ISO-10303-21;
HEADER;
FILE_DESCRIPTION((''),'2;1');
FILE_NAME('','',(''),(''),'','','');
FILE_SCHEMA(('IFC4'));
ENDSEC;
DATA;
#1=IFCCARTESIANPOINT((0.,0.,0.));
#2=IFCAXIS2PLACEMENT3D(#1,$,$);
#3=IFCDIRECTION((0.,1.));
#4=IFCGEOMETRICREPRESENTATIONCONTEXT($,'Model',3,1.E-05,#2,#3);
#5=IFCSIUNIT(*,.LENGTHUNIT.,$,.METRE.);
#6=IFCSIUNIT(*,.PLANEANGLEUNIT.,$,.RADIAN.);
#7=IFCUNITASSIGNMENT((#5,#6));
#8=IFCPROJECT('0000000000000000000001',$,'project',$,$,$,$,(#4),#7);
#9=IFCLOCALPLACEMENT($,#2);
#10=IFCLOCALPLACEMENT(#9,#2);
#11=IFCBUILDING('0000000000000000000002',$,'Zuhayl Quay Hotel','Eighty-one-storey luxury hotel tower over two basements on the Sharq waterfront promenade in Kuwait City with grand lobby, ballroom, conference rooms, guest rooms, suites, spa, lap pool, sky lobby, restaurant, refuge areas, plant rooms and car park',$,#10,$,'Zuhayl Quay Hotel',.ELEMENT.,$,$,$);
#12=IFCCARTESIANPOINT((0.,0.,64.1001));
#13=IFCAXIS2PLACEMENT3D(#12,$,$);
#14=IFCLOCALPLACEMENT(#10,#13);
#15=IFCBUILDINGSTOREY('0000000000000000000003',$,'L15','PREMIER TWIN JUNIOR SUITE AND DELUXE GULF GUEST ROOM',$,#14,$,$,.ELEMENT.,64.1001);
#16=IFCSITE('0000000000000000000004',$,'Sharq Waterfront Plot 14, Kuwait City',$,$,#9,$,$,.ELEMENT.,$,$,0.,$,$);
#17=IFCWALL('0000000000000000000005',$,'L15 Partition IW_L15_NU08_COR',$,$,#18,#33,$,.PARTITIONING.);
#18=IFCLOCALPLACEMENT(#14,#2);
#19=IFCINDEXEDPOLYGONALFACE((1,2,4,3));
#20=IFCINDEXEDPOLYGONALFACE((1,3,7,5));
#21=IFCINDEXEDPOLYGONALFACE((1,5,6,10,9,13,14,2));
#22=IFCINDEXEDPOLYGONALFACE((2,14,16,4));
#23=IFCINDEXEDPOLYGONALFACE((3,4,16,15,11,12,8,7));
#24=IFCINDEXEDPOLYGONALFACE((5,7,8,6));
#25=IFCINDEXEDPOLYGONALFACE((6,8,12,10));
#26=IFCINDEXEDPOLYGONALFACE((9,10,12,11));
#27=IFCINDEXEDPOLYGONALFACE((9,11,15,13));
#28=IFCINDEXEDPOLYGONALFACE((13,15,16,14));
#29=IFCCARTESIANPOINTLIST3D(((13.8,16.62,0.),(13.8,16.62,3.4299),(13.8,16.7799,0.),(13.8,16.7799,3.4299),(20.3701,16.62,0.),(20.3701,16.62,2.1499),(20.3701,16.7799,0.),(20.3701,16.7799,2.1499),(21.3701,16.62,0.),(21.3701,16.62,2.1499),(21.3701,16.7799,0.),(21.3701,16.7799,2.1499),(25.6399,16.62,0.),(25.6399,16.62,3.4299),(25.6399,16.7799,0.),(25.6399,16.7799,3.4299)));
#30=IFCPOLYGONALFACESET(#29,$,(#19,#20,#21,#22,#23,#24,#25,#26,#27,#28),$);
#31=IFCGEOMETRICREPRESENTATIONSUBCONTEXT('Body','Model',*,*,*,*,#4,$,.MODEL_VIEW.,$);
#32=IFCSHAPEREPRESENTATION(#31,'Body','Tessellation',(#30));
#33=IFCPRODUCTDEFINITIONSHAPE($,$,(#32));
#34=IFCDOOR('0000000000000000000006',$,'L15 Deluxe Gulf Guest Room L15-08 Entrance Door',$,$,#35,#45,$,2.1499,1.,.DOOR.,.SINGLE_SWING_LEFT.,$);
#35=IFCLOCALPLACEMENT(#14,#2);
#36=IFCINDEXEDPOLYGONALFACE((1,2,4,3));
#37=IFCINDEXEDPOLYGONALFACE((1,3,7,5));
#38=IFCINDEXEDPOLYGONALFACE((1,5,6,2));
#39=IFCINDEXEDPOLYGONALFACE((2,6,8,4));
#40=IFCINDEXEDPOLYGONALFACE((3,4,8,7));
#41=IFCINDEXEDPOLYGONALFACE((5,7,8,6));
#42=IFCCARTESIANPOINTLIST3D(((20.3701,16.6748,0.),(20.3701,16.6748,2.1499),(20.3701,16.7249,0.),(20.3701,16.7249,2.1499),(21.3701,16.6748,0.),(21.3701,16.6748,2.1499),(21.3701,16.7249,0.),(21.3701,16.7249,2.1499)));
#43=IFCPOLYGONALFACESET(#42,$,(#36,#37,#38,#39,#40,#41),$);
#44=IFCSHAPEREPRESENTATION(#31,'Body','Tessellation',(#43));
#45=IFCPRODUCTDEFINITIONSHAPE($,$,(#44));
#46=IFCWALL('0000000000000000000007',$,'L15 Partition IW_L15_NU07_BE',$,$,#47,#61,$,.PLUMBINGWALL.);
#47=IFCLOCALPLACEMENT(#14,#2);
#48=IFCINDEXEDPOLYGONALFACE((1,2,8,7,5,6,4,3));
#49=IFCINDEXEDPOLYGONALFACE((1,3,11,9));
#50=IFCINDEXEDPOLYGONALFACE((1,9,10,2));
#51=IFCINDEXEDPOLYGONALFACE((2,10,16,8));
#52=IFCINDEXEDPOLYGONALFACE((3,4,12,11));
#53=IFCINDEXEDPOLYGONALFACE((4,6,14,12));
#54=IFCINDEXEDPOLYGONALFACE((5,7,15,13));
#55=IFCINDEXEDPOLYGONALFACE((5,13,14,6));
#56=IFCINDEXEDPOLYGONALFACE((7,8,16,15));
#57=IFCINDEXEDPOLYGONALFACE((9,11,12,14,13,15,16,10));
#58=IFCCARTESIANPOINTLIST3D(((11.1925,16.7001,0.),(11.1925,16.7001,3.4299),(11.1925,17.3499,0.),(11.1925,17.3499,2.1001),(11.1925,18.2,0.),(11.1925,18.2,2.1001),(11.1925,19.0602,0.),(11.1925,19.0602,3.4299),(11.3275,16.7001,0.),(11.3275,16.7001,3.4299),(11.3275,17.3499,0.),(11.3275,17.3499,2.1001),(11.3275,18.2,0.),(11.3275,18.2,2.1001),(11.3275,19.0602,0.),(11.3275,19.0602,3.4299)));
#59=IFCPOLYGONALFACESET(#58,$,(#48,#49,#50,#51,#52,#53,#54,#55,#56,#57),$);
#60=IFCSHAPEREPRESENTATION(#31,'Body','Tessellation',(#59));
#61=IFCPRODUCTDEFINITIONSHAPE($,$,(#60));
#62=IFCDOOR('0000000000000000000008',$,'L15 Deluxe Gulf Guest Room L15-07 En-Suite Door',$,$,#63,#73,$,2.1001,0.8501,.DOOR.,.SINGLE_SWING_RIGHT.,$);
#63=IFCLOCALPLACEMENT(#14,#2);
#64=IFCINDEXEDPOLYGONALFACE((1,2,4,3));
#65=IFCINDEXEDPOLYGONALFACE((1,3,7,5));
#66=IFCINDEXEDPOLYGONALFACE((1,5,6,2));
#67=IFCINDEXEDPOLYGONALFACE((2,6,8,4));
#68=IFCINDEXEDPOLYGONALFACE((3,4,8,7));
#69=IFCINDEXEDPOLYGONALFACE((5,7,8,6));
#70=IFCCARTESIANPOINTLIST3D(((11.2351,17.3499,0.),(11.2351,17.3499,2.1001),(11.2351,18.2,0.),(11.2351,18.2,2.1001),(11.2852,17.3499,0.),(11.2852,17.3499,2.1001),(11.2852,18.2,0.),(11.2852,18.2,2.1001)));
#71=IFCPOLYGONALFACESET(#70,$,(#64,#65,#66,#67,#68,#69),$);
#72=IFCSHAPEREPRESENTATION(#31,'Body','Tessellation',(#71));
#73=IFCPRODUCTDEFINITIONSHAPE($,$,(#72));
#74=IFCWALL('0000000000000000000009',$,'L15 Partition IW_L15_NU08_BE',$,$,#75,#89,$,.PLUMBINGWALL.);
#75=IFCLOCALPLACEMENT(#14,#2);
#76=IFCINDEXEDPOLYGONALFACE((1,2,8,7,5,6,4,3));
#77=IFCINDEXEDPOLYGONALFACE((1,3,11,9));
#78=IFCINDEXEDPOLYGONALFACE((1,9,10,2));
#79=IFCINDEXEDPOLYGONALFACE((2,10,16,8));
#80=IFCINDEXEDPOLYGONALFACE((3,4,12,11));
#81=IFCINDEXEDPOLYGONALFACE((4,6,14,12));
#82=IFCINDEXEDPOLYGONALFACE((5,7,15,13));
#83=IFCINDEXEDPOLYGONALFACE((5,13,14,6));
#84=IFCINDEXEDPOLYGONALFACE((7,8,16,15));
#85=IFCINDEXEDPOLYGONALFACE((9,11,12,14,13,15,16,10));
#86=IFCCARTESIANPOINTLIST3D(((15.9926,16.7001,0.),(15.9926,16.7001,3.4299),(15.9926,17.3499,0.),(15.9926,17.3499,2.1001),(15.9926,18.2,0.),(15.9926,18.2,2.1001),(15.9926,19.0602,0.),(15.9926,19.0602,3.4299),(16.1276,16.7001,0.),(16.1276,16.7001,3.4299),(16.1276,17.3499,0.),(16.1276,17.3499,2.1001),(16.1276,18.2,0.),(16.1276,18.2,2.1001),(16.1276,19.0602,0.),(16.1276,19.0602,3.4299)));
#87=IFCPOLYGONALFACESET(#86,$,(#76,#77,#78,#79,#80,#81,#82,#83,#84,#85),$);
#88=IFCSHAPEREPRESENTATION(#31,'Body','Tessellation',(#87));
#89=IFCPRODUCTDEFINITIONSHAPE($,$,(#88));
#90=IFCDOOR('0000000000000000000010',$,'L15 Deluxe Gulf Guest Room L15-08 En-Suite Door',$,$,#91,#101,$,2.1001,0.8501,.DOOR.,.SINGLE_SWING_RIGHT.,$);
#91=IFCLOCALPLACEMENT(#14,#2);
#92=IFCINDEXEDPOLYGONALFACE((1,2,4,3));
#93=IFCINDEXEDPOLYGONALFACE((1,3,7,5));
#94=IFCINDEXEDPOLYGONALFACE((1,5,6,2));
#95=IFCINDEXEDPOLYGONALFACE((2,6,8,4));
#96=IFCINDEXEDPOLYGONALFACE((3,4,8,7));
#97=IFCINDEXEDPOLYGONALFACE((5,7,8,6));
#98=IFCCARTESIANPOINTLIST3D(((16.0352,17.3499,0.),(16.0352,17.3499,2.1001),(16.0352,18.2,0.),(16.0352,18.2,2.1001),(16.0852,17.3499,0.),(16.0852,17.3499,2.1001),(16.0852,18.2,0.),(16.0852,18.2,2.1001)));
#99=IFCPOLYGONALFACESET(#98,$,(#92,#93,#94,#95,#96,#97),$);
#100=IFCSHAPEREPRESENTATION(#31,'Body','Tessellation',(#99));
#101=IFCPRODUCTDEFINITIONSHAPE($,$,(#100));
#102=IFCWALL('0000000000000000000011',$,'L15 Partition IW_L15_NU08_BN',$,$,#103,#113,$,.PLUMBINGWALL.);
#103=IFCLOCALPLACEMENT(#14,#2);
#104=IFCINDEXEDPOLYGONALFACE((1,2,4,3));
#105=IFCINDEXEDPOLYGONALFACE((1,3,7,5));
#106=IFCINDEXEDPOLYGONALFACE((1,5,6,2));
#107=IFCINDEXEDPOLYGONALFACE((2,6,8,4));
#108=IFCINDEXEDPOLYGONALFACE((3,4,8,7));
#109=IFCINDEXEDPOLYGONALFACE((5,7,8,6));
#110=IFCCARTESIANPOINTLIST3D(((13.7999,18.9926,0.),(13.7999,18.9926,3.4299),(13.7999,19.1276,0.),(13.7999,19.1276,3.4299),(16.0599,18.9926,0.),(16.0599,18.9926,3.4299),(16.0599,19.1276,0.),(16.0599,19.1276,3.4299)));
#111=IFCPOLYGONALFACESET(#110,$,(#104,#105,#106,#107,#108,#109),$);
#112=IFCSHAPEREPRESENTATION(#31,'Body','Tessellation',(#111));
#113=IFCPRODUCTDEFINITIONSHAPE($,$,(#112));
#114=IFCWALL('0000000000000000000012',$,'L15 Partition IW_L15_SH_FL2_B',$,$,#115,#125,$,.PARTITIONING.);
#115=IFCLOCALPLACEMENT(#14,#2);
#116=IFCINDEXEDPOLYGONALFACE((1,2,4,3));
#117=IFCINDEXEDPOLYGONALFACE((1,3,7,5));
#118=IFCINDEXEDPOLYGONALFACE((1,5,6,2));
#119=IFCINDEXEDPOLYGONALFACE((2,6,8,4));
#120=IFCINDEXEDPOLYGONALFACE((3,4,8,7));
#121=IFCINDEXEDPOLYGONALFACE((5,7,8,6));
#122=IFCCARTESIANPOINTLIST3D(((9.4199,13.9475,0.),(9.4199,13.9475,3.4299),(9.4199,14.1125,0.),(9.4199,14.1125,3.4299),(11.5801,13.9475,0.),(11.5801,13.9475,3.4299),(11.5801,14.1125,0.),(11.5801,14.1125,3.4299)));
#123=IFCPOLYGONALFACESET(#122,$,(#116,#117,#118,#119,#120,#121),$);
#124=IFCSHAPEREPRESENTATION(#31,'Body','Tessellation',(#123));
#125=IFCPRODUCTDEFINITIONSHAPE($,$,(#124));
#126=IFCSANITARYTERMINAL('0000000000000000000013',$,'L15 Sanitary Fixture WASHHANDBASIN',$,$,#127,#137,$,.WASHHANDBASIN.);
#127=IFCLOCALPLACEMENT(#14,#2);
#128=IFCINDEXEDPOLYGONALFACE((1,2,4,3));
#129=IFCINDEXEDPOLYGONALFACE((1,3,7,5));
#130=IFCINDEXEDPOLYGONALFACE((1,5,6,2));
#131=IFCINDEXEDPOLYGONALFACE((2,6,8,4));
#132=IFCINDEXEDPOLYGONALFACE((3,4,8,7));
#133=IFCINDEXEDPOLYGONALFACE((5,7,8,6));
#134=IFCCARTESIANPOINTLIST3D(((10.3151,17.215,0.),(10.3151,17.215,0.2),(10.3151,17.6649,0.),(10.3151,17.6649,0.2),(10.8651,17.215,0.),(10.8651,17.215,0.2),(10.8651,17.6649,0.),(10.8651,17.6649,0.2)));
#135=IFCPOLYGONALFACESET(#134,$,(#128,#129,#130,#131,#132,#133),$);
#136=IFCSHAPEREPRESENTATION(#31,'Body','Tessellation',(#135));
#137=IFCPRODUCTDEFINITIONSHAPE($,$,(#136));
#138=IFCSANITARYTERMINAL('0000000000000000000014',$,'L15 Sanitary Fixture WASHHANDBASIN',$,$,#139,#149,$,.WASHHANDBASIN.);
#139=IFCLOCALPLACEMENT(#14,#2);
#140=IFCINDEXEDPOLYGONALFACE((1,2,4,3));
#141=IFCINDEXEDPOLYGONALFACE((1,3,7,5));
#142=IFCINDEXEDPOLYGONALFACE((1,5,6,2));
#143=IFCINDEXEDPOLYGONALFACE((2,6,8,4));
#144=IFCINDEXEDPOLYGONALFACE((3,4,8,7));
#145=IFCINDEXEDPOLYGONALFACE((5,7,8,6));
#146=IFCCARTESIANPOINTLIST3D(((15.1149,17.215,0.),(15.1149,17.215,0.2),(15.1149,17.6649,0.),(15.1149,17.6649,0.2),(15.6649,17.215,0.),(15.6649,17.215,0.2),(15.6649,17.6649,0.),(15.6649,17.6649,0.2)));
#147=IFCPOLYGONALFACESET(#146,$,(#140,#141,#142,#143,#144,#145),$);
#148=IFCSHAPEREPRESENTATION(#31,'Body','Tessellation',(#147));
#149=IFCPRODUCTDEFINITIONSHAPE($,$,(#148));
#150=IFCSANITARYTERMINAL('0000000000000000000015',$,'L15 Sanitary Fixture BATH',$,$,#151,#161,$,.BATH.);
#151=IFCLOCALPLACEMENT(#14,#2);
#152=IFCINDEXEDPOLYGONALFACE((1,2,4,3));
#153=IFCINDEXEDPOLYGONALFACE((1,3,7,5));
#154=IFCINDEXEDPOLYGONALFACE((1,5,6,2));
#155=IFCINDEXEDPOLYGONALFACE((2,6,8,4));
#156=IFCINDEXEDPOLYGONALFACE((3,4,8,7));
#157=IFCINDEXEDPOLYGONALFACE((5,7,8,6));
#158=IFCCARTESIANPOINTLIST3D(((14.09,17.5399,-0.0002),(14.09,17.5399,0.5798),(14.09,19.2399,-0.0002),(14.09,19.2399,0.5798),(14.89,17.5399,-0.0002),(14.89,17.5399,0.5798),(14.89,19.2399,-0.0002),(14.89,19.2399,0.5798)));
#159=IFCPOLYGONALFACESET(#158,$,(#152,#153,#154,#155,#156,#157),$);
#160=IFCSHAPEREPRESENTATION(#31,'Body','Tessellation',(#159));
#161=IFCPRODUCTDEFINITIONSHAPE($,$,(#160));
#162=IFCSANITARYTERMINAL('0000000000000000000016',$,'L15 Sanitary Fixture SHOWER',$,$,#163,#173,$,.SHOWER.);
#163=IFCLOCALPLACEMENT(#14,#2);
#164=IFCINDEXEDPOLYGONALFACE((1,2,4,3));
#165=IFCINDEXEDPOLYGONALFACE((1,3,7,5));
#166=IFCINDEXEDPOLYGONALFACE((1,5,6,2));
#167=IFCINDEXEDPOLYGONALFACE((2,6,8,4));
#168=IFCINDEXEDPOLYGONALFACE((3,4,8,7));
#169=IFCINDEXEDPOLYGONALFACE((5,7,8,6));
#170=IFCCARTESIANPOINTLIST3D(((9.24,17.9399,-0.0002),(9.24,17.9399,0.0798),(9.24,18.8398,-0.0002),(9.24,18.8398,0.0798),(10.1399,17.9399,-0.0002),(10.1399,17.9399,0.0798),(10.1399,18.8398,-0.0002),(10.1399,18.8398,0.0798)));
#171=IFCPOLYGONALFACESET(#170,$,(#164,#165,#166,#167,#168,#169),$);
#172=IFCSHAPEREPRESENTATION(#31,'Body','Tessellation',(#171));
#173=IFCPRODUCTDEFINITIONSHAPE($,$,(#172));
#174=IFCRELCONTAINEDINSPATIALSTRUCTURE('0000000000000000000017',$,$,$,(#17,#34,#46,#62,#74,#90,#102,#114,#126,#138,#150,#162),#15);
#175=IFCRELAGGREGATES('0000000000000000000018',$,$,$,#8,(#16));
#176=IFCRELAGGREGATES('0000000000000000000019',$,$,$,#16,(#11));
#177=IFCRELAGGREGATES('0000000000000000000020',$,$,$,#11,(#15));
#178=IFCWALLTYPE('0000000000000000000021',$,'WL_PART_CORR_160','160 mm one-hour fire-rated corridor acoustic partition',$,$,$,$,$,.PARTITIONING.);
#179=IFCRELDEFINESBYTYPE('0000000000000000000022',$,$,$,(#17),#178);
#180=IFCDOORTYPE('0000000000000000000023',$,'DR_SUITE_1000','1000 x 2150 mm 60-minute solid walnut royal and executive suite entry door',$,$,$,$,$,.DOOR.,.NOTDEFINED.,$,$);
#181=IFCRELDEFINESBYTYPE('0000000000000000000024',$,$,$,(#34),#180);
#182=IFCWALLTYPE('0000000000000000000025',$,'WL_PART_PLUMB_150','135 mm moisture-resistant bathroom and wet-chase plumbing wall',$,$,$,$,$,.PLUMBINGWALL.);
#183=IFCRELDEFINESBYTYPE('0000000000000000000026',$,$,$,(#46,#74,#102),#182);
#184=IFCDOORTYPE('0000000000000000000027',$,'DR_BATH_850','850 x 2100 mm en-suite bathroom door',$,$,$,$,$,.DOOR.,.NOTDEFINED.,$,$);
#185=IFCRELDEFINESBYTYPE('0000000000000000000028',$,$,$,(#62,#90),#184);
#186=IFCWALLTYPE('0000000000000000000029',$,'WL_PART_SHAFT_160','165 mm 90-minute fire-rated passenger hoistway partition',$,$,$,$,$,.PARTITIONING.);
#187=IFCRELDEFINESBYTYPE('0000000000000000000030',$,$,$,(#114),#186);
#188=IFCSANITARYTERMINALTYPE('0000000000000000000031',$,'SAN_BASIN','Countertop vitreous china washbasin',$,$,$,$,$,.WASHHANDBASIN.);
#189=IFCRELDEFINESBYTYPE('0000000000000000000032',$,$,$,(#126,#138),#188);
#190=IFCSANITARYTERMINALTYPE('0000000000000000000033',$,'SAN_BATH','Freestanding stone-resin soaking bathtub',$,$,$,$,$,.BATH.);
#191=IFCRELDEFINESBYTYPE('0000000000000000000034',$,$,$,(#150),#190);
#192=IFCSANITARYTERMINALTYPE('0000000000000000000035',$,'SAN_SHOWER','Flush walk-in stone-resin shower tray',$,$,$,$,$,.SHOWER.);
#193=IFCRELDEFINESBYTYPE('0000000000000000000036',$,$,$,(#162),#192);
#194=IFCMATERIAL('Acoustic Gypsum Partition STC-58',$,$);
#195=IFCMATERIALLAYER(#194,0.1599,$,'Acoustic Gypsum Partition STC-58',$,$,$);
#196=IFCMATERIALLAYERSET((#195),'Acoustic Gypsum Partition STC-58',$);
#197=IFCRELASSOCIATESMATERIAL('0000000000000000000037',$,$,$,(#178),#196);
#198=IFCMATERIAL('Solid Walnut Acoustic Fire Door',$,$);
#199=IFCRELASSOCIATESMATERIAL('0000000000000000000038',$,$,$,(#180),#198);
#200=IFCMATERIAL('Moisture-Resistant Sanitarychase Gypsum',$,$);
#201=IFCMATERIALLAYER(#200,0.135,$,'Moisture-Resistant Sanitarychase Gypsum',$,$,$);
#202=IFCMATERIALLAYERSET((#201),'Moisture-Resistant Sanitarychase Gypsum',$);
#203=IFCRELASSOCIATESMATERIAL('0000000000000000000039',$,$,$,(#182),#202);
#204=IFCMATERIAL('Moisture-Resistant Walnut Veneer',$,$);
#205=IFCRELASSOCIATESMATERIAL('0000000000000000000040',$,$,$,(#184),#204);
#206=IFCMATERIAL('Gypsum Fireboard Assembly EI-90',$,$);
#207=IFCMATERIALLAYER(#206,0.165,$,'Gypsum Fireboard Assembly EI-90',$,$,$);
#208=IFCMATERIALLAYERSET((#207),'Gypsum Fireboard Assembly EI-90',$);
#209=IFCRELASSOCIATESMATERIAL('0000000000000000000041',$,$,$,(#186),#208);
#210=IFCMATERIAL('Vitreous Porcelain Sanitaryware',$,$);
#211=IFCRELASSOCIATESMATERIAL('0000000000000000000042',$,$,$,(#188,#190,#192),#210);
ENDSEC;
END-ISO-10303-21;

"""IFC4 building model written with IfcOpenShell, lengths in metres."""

from ifc_helpers import new_model, si_unit, direction, frame, frame_2d, origin, origin_2d, place, context, subcontext, project, spatial, rectangle, extrude, material, layer, layer_set, type_object, element, fill, save


model = new_model("IFC4")

# Units and contexts
model_context = context("Model", 3, precision=1e-05, world=origin(), true_north=direction((0.0, 1.0)))
body_context = subcontext(model_context, "Body", "Model", "MODEL_VIEW")
ifc_project = project(units=[si_unit("LENGTHUNIT", "METRE"), si_unit("PLANEANGLEUNIT", "RADIAN")], contexts=[model_context])

# Site, building, storey
site_placement = place(None, origin())
site = spatial("IfcSite", under=ifc_project, at=site_placement, Name="Sharq Waterfront Plot 14, Kuwait City", CompositionType="ELEMENT", RefElevation=0.0)
building_placement = place(site_placement, origin())
building = spatial("IfcBuilding", under=site, at=building_placement, Name="Zuhayl Quay Hotel", Description="Eighty-one-storey luxury hotel tower over two basements on the Sharq waterfront promenade in Kuwait City with grand lobby, ballroom, conference rooms, guest rooms, suites, spa, lap pool, sky lobby, restaurant, refuge areas, plant rooms and car park", LongName="Zuhayl Quay Hotel", CompositionType="ELEMENT")
storey_placement = place(building_placement, frame((0.0, 0.0, 64.1001)))
storey = spatial("IfcBuildingStorey", under=building, at=storey_placement, Name="L15", Description="PREMIER TWIN JUNIOR SUITE AND DELUXE GULF GUEST ROOM", CompositionType="ELEMENT", Elevation=64.1001)

# Shared definitions
ifc_material_1 = material(Name="Acoustic Gypsum Partition STC-58")

# Walls, openings, doors
ifc_layer_1 = layer(ifc_material_1, 0.1599, Name="Acoustic Gypsum Partition STC-58")
ifc_layer_set_1 = layer_set([ifc_layer_1], Name="Acoustic Gypsum Partition STC-58")
wall_type_1 = type_object("IfcWallType", Name="WL_PART_CORR_160", Description="160 mm one-hour fire-rated corridor acoustic partition", PredefinedType="PARTITIONING", material=ifc_layer_set_1)
wall_1_placement = place(storey_placement, frame((13.8, 16.7, 0.0), z_axis=(0.0, 0.0, 1.0), x_axis=(1.0, 0.0, 0.0)))
wall_1 = element("IfcWall", 1, at=wall_1_placement, inside=storey, type_object=wall_type_1, Name="L15 Partition IW_L15_NU08_COR", PredefinedType="PARTITIONING", context=body_context, shape_type="SweptSolid", body=[
    extrude(rectangle(XDim=11.8398, YDim=0.1599, at=frame_2d((5.9199, 0.0))), origin(), (0.0, 0.0, 1.0), 3.4299),
])
opening_1_placement = place(wall_1_placement, frame((6.5701, 0.0, 0.0)))
opening_1 = element("IfcOpeningElement", 2, at=opening_1_placement, cuts=wall_1, PredefinedType="OPENING", context=body_context, shape_type="SweptSolid", body=[
    extrude(rectangle(XDim=1.0, YDim=2.1499, at=frame_2d((0.5, 1.075))), frame((0.0, 0.0898, 0.0), z_axis=(0.0, -1.0, 0.0), x_axis=(1.0, 0.0, 0.0)), (0.0, 0.0, 1.0), 0.1799),
])
ifc_material_2 = material(Name="Solid Walnut Acoustic Fire Door")
door_type_1 = type_object("IfcDoorType", Name="DR_SUITE_1000", Description="1000 x 2150 mm 60-minute solid walnut royal and executive suite entry door", OperationType="NOTDEFINED", PredefinedType="DOOR", material=ifc_material_2)
door_1_placement = place(opening_1_placement, origin())
door_1 = element("IfcDoor", 3, at=door_1_placement, inside=storey, type_object=door_type_1, Name="L15 Deluxe Gulf Guest Room L15-08 Entrance Door", OperationType="SINGLE_SWING_LEFT", OverallHeight=2.1499, OverallWidth=1.0, PredefinedType="DOOR", context=body_context, shape_type="SweptSolid", body=[
    extrude(rectangle(XDim=1.0, YDim=2.1499, at=frame_2d((0.5, 1.075))), frame((0.0, 0.0249, 0.0), z_axis=(0.0, -1.0, 0.0), x_axis=(1.0, 0.0, 0.0)), (0.0, 0.0, 1.0), 0.05),
])
fill(opening_1, door_1)
ifc_material_3 = material(Name="Moisture-Resistant Sanitarychase Gypsum")
ifc_layer_2 = layer(ifc_material_3, 0.135, Name="Moisture-Resistant Sanitarychase Gypsum")
ifc_layer_set_2 = layer_set([ifc_layer_2], Name="Moisture-Resistant Sanitarychase Gypsum")
wall_type_2 = type_object("IfcWallType", Name="WL_PART_PLUMB_150", Description="135 mm moisture-resistant bathroom and wet-chase plumbing wall", PredefinedType="PLUMBINGWALL", material=ifc_layer_set_2)
wall_2_placement = place(storey_placement, frame((11.26, 16.7, 0.0), z_axis=(0.0, 0.0, 1.0), x_axis=(0.0, 1.0, 0.0)))
wall_2 = element("IfcWall", 4, at=wall_2_placement, inside=storey, type_object=wall_type_2, Name="L15 Partition IW_L15_NU07_BE", PredefinedType="PLUMBINGWALL", context=body_context, shape_type="SweptSolid", body=[
    extrude(rectangle(XDim=2.3601, YDim=0.135, at=frame_2d((1.1802, 0.0))), origin(), (0.0, 0.0, 1.0), 3.4299),
])
opening_2_placement = place(wall_2_placement, frame((0.6499, 0.0, 0.0)))
opening_2 = element("IfcOpeningElement", 5, at=opening_2_placement, cuts=wall_2, PredefinedType="OPENING", context=body_context, shape_type="SweptSolid", body=[
    extrude(rectangle(XDim=0.8501, YDim=2.1001, at=frame_2d((0.425, 1.05))), frame((0.0, 0.0774, 0.0), z_axis=(0.0, -1.0, 0.0), x_axis=(1.0, 0.0, 0.0)), (0.0, 0.0, 1.0), 0.155),
])
ifc_material_4 = material(Name="Moisture-Resistant Walnut Veneer")
door_type_2 = type_object("IfcDoorType", Name="DR_BATH_850", Description="850 x 2100 mm en-suite bathroom door", OperationType="NOTDEFINED", PredefinedType="DOOR", material=ifc_material_4)
door_2_placement = place(opening_2_placement, origin())
door_2 = element("IfcDoor", 6, at=door_2_placement, inside=storey, type_object=door_type_2, Name="L15 Deluxe Gulf Guest Room L15-07 En-Suite Door", OperationType="SINGLE_SWING_RIGHT", OverallHeight=2.1001, OverallWidth=0.8501, PredefinedType="DOOR", context=body_context, shape_type="SweptSolid", body=[
    extrude(rectangle(XDim=0.8501, YDim=2.1001, at=frame_2d((0.425, 1.05))), frame((0.0, 0.0249, 0.0), z_axis=(0.0, -1.0, 0.0), x_axis=(1.0, 0.0, 0.0)), (0.0, 0.0, 1.0), 0.05),
])
fill(opening_2, door_2)
wall_3_placement = place(storey_placement, frame((16.0601, 16.7, 0.0), z_axis=(0.0, 0.0, 1.0), x_axis=(0.0, 1.0, 0.0)))
wall_3 = element("IfcWall", 7, at=wall_3_placement, inside=storey, type_object=wall_type_2, Name="L15 Partition IW_L15_NU08_BE", PredefinedType="PLUMBINGWALL", context=body_context, shape_type="SweptSolid", body=[
    extrude(rectangle(XDim=2.3601, YDim=0.135, at=frame_2d((1.1802, 0.0))), origin(), (0.0, 0.0, 1.0), 3.4299),
])
opening_3_placement = place(wall_3_placement, frame((0.6499, 0.0, 0.0)))
opening_3 = element("IfcOpeningElement", 8, at=opening_3_placement, cuts=wall_3, PredefinedType="OPENING", context=body_context, shape_type="SweptSolid", body=[
    extrude(rectangle(XDim=0.8501, YDim=2.1001, at=frame_2d((0.425, 1.05))), frame((0.0, 0.0774, 0.0), z_axis=(0.0, -1.0, 0.0), x_axis=(1.0, 0.0, 0.0)), (0.0, 0.0, 1.0), 0.155),
])
door_3_placement = place(opening_3_placement, origin())
door_3 = element("IfcDoor", 9, at=door_3_placement, inside=storey, type_object=door_type_2, Name="L15 Deluxe Gulf Guest Room L15-08 En-Suite Door", OperationType="SINGLE_SWING_RIGHT", OverallHeight=2.1001, OverallWidth=0.8501, PredefinedType="DOOR", context=body_context, shape_type="SweptSolid", body=[
    extrude(rectangle(XDim=0.8501, YDim=2.1001, at=frame_2d((0.425, 1.05))), frame((0.0, 0.0249, 0.0), z_axis=(0.0, -1.0, 0.0), x_axis=(1.0, 0.0, 0.0)), (0.0, 0.0, 1.0), 0.05),
])
fill(opening_3, door_3)

# Walls
wall_4_placement = place(storey_placement, frame((13.8, 19.0601, 0.0), z_axis=(0.0, 0.0, 1.0), x_axis=(1.0, 0.0, 0.0)))
element("IfcWall", 10, at=wall_4_placement, inside=storey, type_object=wall_type_2, Name="L15 Partition IW_L15_NU08_BN", PredefinedType="PLUMBINGWALL", context=body_context, shape_type="SweptSolid", body=[
    extrude(rectangle(XDim=2.26, YDim=0.135, at=frame_2d((1.1299, 0.0))), origin(), (0.0, 0.0, 1.0), 3.4299),
])
ifc_material_5 = material(Name="Gypsum Fireboard Assembly EI-90")
ifc_layer_3 = layer(ifc_material_5, 0.165, Name="Gypsum Fireboard Assembly EI-90")
ifc_layer_set_3 = layer_set([ifc_layer_3], Name="Gypsum Fireboard Assembly EI-90")
wall_type_3 = type_object("IfcWallType", Name="WL_PART_SHAFT_160", Description="165 mm 90-minute fire-rated passenger hoistway partition", PredefinedType="PARTITIONING", material=ifc_layer_set_3)
wall_5_placement = place(storey_placement, frame((9.4199, 14.03, 0.0), z_axis=(0.0, 0.0, 1.0), x_axis=(1.0, 0.0, 0.0)))
element("IfcWall", 11, at=wall_5_placement, inside=storey, type_object=wall_type_3, Name="L15 Partition IW_L15_SH_FL2_B", PredefinedType="PARTITIONING", context=body_context, shape_type="SweptSolid", body=[
    extrude(rectangle(XDim=2.1602, YDim=0.165, at=frame_2d((1.0801, 0.0))), origin(), (0.0, 0.0, 1.0), 3.4299),
])

# Sanitary terminals
ifc_material_6 = material(Name="Vitreous Porcelain Sanitaryware")
sanitary_terminal_type_1 = type_object("IfcSanitaryTerminalType", Name="SAN_BASIN", Description="Countertop vitreous china washbasin", PredefinedType="WASHHANDBASIN", material=ifc_material_6)
for number, where, z_axis, x_axis, name in (
    (12, (10.5901, 17.4399, 0.0), (0.0, 0.0, 1.0), (1.0, 0.0, 0.0), "L15 Sanitary Fixture WASHHANDBASIN"),
    (13, (15.3899, 17.4399, 0.0), (0.0, 0.0, 1.0), (1.0, 0.0, 0.0), "L15 Sanitary Fixture WASHHANDBASIN"),
):
    element("IfcSanitaryTerminal", number, at=place(storey_placement, frame(where, z_axis=z_axis, x_axis=x_axis)), inside=storey, type_object=sanitary_terminal_type_1, Name=name, PredefinedType="WASHHANDBASIN", context=body_context, shape_type="SweptSolid", body=[
        extrude(rectangle(XDim=0.55, YDim=0.45, at=origin_2d()), origin(), (0.0, 0.0, 1.0), 0.2),
    ])
sanitary_terminal_type_2 = type_object("IfcSanitaryTerminalType", Name="SAN_BATH", Description="Freestanding stone-resin soaking bathtub", PredefinedType="BATH", material=ifc_material_6)
sanitary_terminal_1_placement = place(storey_placement, frame((14.49, 18.3899, -0.0002), z_axis=(0.0, 0.0, 1.0), x_axis=(1.0, 0.0, 0.0)))
element("IfcSanitaryTerminal", 14, at=sanitary_terminal_1_placement, inside=storey, type_object=sanitary_terminal_type_2, Name="L15 Sanitary Fixture BATH", PredefinedType="BATH", context=body_context, shape_type="SweptSolid", body=[
    extrude(rectangle(XDim=0.8, YDim=1.7, at=origin_2d()), origin(), (0.0, 0.0, 1.0), 0.5801),
])
sanitary_terminal_type_3 = type_object("IfcSanitaryTerminalType", Name="SAN_SHOWER", Description="Flush walk-in stone-resin shower tray", PredefinedType="SHOWER", material=ifc_material_6)
sanitary_terminal_2_placement = place(storey_placement, frame((9.6899, 18.3899, -0.0002), z_axis=(0.0, 0.0, 1.0), x_axis=(1.0, 0.0, 0.0)))
element("IfcSanitaryTerminal", 15, at=sanitary_terminal_2_placement, inside=storey, type_object=sanitary_terminal_type_3, Name="L15 Sanitary Fixture SHOWER", PredefinedType="SHOWER", context=body_context, shape_type="SweptSolid", body=[
    extrude(rectangle(XDim=0.8999, YDim=0.8999, at=origin_2d()), origin(), (0.0, 0.0, 1.0), 0.0801),
])

save(model, "model.ifc")
